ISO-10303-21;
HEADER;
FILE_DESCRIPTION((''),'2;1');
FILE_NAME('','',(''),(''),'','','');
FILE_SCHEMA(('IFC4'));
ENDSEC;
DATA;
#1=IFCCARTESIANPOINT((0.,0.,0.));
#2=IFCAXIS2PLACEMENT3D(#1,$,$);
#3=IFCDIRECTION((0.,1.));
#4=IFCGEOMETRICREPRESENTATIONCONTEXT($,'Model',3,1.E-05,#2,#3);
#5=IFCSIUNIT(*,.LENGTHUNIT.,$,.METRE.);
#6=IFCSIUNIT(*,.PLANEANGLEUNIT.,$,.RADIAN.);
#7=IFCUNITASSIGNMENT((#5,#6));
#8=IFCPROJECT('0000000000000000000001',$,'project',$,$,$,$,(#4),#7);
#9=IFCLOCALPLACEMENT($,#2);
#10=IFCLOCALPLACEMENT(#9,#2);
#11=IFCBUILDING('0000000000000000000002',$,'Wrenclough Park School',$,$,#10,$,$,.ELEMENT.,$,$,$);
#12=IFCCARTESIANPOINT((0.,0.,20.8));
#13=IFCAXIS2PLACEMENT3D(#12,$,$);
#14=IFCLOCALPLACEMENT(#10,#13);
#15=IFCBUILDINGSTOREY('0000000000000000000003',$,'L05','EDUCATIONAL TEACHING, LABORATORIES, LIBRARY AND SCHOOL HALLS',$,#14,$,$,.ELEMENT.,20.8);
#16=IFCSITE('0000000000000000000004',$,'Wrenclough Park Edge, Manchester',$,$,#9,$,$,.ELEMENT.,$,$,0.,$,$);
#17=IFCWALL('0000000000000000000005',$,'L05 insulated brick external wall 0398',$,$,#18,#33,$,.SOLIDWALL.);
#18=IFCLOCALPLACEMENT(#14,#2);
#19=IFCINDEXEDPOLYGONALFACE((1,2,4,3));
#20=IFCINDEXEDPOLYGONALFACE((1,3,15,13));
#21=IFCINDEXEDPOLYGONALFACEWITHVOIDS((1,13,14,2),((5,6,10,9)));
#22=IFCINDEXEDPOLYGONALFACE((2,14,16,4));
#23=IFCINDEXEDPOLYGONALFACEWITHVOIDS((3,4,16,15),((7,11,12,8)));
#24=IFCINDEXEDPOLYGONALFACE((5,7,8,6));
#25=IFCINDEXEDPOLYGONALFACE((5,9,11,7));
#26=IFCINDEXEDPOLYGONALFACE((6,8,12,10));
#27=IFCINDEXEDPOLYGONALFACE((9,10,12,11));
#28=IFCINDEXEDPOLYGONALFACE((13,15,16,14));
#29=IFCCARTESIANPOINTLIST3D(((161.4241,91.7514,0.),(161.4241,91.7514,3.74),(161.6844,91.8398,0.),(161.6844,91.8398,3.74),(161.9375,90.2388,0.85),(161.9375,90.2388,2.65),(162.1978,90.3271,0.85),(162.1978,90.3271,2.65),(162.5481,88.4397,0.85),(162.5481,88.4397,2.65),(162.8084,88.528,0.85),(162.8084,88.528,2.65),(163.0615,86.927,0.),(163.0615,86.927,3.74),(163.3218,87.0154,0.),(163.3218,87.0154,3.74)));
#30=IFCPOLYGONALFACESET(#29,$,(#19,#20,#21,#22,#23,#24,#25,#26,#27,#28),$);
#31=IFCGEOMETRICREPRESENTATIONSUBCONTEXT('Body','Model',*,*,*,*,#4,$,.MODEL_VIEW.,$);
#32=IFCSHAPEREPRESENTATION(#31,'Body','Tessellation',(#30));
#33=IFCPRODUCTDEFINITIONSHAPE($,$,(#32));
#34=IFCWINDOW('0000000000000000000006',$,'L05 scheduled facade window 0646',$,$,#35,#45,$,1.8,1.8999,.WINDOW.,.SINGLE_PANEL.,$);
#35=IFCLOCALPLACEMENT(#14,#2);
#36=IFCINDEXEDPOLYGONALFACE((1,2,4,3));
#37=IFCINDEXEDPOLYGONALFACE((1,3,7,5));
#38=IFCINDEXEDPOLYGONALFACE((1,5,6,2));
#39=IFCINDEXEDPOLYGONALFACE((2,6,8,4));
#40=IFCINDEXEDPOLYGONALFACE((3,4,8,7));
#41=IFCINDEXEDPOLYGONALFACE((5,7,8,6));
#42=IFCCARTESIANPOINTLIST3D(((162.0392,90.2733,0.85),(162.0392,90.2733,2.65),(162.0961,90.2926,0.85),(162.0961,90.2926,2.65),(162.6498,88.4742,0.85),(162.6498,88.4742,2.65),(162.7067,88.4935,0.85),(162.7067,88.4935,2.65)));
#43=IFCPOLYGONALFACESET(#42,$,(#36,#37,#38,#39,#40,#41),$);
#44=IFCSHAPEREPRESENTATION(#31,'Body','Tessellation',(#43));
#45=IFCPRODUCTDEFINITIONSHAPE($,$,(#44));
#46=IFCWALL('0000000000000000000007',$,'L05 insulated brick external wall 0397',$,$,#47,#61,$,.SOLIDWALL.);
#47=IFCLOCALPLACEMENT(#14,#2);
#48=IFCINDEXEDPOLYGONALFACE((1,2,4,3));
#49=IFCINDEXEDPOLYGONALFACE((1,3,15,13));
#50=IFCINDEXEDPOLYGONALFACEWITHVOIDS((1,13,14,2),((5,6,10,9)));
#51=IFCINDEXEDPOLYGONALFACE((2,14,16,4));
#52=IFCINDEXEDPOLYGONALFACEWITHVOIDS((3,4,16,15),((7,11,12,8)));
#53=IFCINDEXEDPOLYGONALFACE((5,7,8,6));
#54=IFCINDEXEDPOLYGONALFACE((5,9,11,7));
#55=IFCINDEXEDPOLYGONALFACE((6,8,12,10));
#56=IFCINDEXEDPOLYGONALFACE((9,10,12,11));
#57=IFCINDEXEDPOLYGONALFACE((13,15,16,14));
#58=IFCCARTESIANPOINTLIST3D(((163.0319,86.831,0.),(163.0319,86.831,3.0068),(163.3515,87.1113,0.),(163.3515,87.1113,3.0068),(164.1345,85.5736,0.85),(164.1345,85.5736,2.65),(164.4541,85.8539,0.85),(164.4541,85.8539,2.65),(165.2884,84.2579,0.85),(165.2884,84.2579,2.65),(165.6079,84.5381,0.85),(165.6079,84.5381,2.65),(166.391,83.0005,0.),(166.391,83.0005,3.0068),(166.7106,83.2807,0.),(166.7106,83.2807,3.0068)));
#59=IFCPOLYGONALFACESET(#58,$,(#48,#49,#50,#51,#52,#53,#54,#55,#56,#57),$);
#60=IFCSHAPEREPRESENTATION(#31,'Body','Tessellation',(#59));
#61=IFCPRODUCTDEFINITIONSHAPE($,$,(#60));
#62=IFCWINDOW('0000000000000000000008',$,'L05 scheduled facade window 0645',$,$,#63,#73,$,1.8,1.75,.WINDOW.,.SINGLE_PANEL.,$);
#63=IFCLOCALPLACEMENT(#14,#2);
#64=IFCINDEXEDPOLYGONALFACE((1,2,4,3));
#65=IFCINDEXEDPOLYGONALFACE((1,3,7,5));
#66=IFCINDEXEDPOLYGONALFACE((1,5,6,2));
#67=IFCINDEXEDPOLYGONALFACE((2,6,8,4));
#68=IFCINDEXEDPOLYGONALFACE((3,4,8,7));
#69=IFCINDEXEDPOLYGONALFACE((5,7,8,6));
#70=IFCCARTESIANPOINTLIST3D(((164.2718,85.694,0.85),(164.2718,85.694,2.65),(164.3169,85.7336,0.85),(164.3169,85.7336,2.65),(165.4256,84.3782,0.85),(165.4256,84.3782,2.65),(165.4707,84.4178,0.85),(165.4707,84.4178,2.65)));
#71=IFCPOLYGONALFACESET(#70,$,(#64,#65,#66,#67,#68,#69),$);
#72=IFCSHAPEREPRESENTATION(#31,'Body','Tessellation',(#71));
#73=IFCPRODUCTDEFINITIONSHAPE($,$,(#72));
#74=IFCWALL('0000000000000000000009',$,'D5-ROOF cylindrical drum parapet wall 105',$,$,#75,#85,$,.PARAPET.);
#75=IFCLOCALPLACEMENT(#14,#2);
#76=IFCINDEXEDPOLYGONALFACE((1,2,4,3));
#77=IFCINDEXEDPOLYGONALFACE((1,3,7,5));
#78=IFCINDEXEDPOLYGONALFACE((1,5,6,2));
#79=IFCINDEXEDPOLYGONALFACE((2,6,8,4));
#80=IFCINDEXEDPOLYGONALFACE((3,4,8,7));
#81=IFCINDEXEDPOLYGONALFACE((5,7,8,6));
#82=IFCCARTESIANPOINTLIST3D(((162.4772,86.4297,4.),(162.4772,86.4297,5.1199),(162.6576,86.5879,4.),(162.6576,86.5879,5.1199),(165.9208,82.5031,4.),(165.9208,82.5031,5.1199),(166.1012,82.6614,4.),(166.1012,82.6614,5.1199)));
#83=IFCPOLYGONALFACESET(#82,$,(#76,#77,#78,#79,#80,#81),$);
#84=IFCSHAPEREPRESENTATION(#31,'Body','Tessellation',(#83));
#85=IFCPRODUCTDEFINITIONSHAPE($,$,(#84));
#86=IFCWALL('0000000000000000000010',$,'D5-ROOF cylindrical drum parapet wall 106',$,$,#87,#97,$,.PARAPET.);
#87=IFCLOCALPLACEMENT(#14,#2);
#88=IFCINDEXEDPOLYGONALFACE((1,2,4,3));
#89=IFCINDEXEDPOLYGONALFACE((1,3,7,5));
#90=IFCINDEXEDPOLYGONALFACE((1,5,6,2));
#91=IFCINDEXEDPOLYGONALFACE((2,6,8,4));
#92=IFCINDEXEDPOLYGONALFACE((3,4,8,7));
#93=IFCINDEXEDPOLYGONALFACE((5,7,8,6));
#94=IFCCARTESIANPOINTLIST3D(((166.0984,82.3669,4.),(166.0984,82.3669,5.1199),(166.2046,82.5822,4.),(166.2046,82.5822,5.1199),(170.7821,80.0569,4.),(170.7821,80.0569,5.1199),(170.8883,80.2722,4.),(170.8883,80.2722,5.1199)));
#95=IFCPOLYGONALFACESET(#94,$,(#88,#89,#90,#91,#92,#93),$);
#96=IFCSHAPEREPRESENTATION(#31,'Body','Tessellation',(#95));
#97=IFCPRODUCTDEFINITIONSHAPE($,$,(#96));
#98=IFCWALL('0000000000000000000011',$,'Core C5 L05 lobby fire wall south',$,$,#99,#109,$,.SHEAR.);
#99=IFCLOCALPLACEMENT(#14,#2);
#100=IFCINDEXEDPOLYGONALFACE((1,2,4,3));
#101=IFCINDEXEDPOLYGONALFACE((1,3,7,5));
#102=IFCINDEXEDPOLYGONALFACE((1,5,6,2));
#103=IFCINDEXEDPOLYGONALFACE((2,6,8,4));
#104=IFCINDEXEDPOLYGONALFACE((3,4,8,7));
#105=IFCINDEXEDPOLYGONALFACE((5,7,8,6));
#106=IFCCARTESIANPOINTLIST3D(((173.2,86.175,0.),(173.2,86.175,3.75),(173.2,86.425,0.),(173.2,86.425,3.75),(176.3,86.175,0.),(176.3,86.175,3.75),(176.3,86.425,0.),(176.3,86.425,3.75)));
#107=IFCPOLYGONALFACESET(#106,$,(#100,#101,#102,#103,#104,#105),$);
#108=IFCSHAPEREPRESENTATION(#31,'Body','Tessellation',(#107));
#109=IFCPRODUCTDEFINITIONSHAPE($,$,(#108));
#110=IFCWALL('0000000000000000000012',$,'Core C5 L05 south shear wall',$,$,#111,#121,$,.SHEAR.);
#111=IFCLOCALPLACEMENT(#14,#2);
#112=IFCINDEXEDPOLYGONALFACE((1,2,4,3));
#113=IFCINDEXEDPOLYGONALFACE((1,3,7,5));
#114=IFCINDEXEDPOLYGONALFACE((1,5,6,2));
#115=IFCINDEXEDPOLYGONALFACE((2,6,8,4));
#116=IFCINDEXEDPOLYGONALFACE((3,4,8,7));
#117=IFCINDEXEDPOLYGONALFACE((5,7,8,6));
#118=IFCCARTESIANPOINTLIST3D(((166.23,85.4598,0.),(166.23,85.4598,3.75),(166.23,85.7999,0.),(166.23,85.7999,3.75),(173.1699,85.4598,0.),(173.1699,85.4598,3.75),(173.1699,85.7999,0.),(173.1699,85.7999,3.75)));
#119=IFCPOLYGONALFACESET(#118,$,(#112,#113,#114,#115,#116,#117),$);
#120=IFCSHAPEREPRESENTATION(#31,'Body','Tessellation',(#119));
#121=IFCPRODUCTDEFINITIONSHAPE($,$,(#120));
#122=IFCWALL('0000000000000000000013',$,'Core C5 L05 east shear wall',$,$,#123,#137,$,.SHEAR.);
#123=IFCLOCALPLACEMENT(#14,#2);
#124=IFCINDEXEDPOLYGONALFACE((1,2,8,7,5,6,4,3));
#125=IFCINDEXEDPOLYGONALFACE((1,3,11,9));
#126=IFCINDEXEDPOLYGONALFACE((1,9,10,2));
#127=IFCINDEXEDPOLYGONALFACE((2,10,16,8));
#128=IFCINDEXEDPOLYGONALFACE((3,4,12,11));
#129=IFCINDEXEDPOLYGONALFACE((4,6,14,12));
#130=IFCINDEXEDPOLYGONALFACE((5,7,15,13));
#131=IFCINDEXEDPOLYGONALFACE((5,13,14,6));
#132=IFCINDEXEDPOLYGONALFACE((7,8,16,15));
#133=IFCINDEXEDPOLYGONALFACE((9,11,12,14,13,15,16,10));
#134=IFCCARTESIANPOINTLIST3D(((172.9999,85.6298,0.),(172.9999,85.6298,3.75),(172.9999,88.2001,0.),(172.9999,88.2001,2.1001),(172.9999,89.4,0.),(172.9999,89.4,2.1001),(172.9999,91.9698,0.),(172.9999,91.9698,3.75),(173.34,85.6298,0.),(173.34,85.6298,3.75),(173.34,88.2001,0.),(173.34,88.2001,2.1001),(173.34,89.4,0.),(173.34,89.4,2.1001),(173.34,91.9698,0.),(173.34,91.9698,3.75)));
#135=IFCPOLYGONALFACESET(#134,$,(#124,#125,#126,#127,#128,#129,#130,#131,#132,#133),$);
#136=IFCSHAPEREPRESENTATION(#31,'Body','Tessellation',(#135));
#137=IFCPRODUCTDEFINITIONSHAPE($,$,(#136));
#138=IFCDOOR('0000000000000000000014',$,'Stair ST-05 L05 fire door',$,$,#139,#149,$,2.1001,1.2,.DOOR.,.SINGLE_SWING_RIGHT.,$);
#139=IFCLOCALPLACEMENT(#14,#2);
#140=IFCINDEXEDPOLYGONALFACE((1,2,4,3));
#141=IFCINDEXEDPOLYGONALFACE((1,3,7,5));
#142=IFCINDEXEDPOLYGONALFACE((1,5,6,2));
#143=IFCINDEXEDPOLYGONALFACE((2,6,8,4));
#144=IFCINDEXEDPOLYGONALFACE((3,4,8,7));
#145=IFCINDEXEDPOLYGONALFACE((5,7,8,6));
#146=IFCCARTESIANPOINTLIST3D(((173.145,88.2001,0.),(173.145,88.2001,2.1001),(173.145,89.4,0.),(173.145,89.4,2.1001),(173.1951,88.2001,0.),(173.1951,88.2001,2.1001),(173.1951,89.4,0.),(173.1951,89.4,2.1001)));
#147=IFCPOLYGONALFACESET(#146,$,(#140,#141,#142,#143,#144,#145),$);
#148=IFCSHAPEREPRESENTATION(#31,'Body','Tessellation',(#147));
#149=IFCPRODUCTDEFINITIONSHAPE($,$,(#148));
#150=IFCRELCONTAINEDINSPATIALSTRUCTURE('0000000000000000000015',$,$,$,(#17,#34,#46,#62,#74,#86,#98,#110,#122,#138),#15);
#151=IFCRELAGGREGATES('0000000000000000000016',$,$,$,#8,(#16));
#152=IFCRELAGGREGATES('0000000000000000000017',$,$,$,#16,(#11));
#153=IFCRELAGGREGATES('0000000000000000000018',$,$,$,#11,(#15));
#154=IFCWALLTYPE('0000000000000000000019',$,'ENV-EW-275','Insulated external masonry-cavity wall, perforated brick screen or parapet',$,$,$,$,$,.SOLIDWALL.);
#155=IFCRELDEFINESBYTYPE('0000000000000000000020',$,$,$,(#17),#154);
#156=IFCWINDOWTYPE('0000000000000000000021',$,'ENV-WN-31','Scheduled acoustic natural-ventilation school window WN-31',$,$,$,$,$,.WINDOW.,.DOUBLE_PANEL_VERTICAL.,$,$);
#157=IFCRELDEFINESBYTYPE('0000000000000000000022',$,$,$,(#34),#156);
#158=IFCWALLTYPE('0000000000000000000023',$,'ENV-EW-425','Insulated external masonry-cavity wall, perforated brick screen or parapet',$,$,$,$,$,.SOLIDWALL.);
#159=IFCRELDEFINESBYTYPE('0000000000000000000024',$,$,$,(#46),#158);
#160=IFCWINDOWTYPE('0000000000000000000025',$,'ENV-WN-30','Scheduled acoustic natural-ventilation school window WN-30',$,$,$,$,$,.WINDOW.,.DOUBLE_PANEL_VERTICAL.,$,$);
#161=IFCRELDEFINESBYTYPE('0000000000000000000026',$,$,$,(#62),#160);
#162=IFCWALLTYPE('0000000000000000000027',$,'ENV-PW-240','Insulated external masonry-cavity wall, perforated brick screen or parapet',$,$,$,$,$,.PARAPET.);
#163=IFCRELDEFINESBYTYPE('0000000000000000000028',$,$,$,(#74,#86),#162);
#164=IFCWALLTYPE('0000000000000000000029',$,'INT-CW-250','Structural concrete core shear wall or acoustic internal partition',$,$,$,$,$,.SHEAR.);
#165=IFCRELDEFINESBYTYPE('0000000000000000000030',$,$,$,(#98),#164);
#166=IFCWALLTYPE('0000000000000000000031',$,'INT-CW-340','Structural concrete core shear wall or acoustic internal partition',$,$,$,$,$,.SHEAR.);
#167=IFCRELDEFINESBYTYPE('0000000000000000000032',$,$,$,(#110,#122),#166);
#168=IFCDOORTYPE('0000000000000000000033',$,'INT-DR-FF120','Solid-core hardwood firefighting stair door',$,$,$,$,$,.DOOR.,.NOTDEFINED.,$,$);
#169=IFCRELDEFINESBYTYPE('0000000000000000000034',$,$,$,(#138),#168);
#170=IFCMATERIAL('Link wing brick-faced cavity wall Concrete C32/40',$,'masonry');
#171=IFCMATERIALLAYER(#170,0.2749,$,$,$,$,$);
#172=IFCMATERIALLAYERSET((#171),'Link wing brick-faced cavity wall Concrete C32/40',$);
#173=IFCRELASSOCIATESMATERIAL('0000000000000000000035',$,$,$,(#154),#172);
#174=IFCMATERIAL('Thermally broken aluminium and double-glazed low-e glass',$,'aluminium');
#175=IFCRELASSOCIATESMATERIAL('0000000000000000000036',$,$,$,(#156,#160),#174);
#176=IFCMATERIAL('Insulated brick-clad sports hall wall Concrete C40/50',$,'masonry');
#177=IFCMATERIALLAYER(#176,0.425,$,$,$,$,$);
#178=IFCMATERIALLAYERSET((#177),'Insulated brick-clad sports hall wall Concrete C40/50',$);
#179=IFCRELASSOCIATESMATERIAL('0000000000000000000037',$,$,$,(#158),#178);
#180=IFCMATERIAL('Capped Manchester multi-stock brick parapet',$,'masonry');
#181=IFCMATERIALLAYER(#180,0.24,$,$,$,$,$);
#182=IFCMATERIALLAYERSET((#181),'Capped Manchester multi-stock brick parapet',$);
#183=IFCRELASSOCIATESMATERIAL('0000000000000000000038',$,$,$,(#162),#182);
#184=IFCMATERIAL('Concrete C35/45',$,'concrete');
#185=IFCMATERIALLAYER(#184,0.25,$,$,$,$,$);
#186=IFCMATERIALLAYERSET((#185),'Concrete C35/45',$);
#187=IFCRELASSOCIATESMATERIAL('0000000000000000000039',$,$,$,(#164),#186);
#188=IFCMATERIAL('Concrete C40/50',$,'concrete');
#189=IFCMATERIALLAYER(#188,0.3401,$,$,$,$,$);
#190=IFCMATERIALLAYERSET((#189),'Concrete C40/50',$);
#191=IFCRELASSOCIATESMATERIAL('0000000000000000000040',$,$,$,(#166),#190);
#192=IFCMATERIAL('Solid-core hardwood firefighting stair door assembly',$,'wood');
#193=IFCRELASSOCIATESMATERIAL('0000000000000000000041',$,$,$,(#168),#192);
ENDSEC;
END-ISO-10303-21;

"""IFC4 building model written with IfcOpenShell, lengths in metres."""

from ifc_helpers import new_model, si_unit, direction, frame, frame_2d, origin, place, context, subcontext, project, spatial, rectangle, extrude, material, layer, layer_set, type_object, element, fill, save


model = new_model("IFC4")

# Units and contexts
model_context = context("Model", 3, precision=1e-05, world=origin(), true_north=direction((0.0, 1.0)))
body_context = subcontext(model_context, "Body", "Model", "MODEL_VIEW")
ifc_project = project(units=[si_unit("LENGTHUNIT", "METRE"), si_unit("PLANEANGLEUNIT", "RADIAN")], contexts=[model_context])

# Site, building, storey
site_placement = place(None, origin())
site = spatial("IfcSite", under=ifc_project, at=site_placement, Name="Wrenclough Park Edge, Manchester", CompositionType="ELEMENT", RefElevation=0.0)
building_placement = place(site_placement, origin())
building = spatial("IfcBuilding", under=site, at=building_placement, Name="Wrenclough Park School", CompositionType="ELEMENT")
storey_placement = place(building_placement, frame((0.0, 0.0, 20.8)))
storey = spatial("IfcBuildingStorey", under=building, at=storey_placement, Name="L05", Description="EDUCATIONAL TEACHING, LABORATORIES, LIBRARY AND SCHOOL HALLS", CompositionType="ELEMENT", Elevation=20.8)

# Shared definitions
ifc_material_1 = material(Name="Concrete C40/50", Category="concrete")

# Shared definitions
ifc_material_2 = material(Name="Concrete C35/45", Category="concrete")

# Walls, openings, windows
ifc_material_3 = material(Name="Link wing brick-faced cavity wall Concrete C32/40", Category="masonry")
ifc_layer_1 = layer(ifc_material_3, 0.2749)
ifc_layer_set_1 = layer_set([ifc_layer_1], Name="Link wing brick-faced cavity wall Concrete C32/40")
wall_type_1 = type_object("IfcWallType", Name="ENV-EW-275", Description="Insulated external masonry-cavity wall, perforated brick screen or parapet", PredefinedType="SOLIDWALL", material=ifc_layer_set_1)
wall_1_placement = place(storey_placement, frame((163.1917, 86.9712, 0.0), z_axis=(0.0, 0.0, 1.0), x_axis=(-0.321398, 0.946944, 0.0)))
wall_1 = element("IfcWall", 1, at=wall_1_placement, inside=storey, type_object=wall_type_1, Name="L05 insulated brick external wall 0398", PredefinedType="SOLIDWALL", context=body_context, shape_type="SweptSolid", body=[
    extrude(rectangle(XDim=5.0947, YDim=0.2749, at=frame_2d((2.5474, 0.0))), origin(), (0.0, 0.0, 1.0), 3.74),
])
opening_1_placement = place(wall_1_placement, frame((1.5974, 0.0, 0.8501)))
opening_1 = element("IfcOpeningElement", 2, at=opening_1_placement, cuts=wall_1, PredefinedType="OPENING", context=body_context, shape_type="SweptSolid", body=[
    extrude(rectangle(XDim=1.8999, YDim=1.8, at=frame_2d((0.95, 0.8999))), frame((0.0, 0.1475, 0.0), z_axis=(0.0, -1.0, 0.0), x_axis=(1.0, 0.0, 0.0)), (0.0, 0.0, 1.0), 0.2949),
])
ifc_material_4 = material(Name="Thermally broken aluminium and double-glazed low-e glass", Category="aluminium")
window_type_1 = type_object("IfcWindowType", Name="ENV-WN-31", Description="Scheduled acoustic natural-ventilation school window WN-31", PartitioningType="DOUBLE_PANEL_VERTICAL", PredefinedType="WINDOW", material=ifc_material_4)
window_1_placement = place(opening_1_placement, origin())
window_1 = element("IfcWindow", 3, at=window_1_placement, inside=storey, type_object=window_type_1, Name="L05 scheduled facade window 0646", OverallHeight=1.8, OverallWidth=1.8999, PartitioningType="SINGLE_PANEL", PredefinedType="WINDOW", context=body_context, shape_type="SweptSolid", body=[
    extrude(rectangle(XDim=1.8999, YDim=1.8, at=frame_2d((0.95, 0.8999))), frame((0.0, 0.03, 0.0), z_axis=(0.0, -1.0, 0.0), x_axis=(1.0, 0.0, 0.0)), (0.0, 0.0, 1.0), 0.0601),
])
fill(opening_1, window_1)
ifc_material_5 = material(Name="Insulated brick-clad sports hall wall Concrete C40/50", Category="masonry")
ifc_layer_2 = layer(ifc_material_5, 0.425)
ifc_layer_set_2 = layer_set([ifc_layer_2], Name="Insulated brick-clad sports hall wall Concrete C40/50")
wall_type_2 = type_object("IfcWallType", Name="ENV-EW-425", Description="Insulated external masonry-cavity wall, perforated brick screen or parapet", PredefinedType="SOLIDWALL", material=ifc_layer_set_2)
wall_2_placement = place(storey_placement, frame((166.5508, 83.1406, 0.0), z_axis=(0.0, 0.0, 1.0), x_axis=(-0.659325, 0.751858, 0.0)))
wall_2 = element("IfcWall", 4, at=wall_2_placement, inside=storey, type_object=wall_type_2, Name="L05 insulated brick external wall 0397", PredefinedType="SOLIDWALL", context=body_context, shape_type="SweptSolid", body=[
    extrude(rectangle(XDim=5.0947, YDim=0.425, at=frame_2d((2.5474, 0.0))), origin(), (0.0, 0.0, 1.0), 3.0068),
])
opening_2_placement = place(wall_2_placement, frame((1.6724, 0.0, 0.8501)))
opening_2 = element("IfcOpeningElement", 5, at=opening_2_placement, cuts=wall_2, PredefinedType="OPENING", context=body_context, shape_type="SweptSolid", body=[
    extrude(rectangle(XDim=1.75, YDim=1.8, at=frame_2d((0.875, 0.8999))), frame((0.0, 0.2224, 0.0), z_axis=(0.0, -1.0, 0.0), x_axis=(1.0, 0.0, 0.0)), (0.0, 0.0, 1.0), 0.4451),
])
window_type_2 = type_object("IfcWindowType", Name="ENV-WN-30", Description="Scheduled acoustic natural-ventilation school window WN-30", PartitioningType="DOUBLE_PANEL_VERTICAL", PredefinedType="WINDOW", material=ifc_material_4)
window_2_placement = place(opening_2_placement, origin())
window_2 = element("IfcWindow", 6, at=window_2_placement, inside=storey, type_object=window_type_2, Name="L05 scheduled facade window 0645", OverallHeight=1.8, OverallWidth=1.75, PartitioningType="SINGLE_PANEL", PredefinedType="WINDOW", context=body_context, shape_type="SweptSolid", body=[
    extrude(rectangle(XDim=1.75, YDim=1.8, at=frame_2d((0.875, 0.8999))), frame((0.0, 0.03, 0.0), z_axis=(0.0, -1.0, 0.0), x_axis=(1.0, 0.0, 0.0)), (0.0, 0.0, 1.0), 0.0601),
])
fill(opening_2, window_2)

# Walls
ifc_material_6 = material(Name="Capped Manchester multi-stock brick parapet", Category="masonry")
ifc_layer_3 = layer(ifc_material_6, 0.24)
ifc_layer_set_3 = layer_set([ifc_layer_3], Name="Capped Manchester multi-stock brick parapet")
wall_type_3 = type_object("IfcWallType", Name="ENV-PW-240", Description="Insulated external masonry-cavity wall, perforated brick screen or parapet", PredefinedType="PARAPET", material=ifc_layer_set_3)
wall_3_placement = place(storey_placement, frame((162.5674, 86.5088, 4.0), z_axis=(0.0, 0.0, 1.0), x_axis=(0.659361, -0.751826, 0.0)))
element("IfcWall", 7, at=wall_3_placement, inside=storey, type_object=wall_type_3, Name="D5-ROOF cylindrical drum parapet wall 105", PredefinedType="PARAPET", context=body_context, shape_type="SweptSolid", body=[
    extrude(rectangle(XDim=5.2227, YDim=0.24, at=frame_2d((2.6113, 0.0))), origin(), (0.0, 0.0, 1.0), 1.1199),
])
wall_4_placement = place(storey_placement, frame((166.1514, 82.4746, 4.0), z_axis=(0.0, 0.0, 1.0), x_axis=(0.896854, -0.442326, 0.0)))
element("IfcWall", 8, at=wall_4_placement, inside=storey, type_object=wall_type_3, Name="D5-ROOF cylindrical drum parapet wall 106", PredefinedType="PARAPET", context=body_context, shape_type="SweptSolid", body=[
    extrude(rectangle(XDim=5.2224, YDim=0.24, at=frame_2d((2.6113, 0.0))), origin(), (0.0, 0.0, 1.0), 1.1199),
])
ifc_layer_4 = layer(ifc_material_2, 0.25)
ifc_layer_set_4 = layer_set([ifc_layer_4], Name="Concrete C35/45")
wall_type_4 = type_object("IfcWallType", Name="INT-CW-250", Description="Structural concrete core shear wall or acoustic internal partition", PredefinedType="SHEAR", material=ifc_layer_set_4)
wall_5_placement = place(storey_placement, frame((173.2, 86.3, 0.0), z_axis=(0.0, 0.0, 1.0), x_axis=(1.0, 0.0, 0.0)))
element("IfcWall", 9, at=wall_5_placement, inside=storey, type_object=wall_type_4, Name="Core C5 L05 lobby fire wall south", PredefinedType="SHEAR", context=body_context, shape_type="SweptSolid", body=[
    extrude(rectangle(XDim=3.1001, YDim=0.25, at=frame_2d((1.55, 0.0))), origin(), (0.0, 0.0, 1.0), 3.75),
])
ifc_layer_5 = layer(ifc_material_1, 0.3401)
ifc_layer_set_5 = layer_set([ifc_layer_5], Name="Concrete C40/50")
wall_type_5 = type_object("IfcWallType", Name="INT-CW-340", Description="Structural concrete core shear wall or acoustic internal partition", PredefinedType="SHEAR", material=ifc_layer_set_5)
wall_6_placement = place(storey_placement, frame((166.23, 85.6299, 0.0), z_axis=(0.0, 0.0, 1.0), x_axis=(1.0, 0.0, 0.0)))
element("IfcWall", 10, at=wall_6_placement, inside=storey, type_object=wall_type_5, Name="Core C5 L05 south shear wall", PredefinedType="SHEAR", context=body_context, shape_type="SweptSolid", body=[
    extrude(rectangle(XDim=6.9399, YDim=0.3401, at=frame_2d((3.47, 0.0))), origin(), (0.0, 0.0, 1.0), 3.75),
])

# Wall, opening, door
wall_7_placement = place(storey_placement, frame((173.1699, 85.6299, 0.0), z_axis=(0.0, 0.0, 1.0), x_axis=(0.0, 1.0, 0.0)))
wall_7 = element("IfcWall", 11, at=wall_7_placement, inside=storey, type_object=wall_type_5, Name="Core C5 L05 east shear wall", PredefinedType="SHEAR", context=body_context, shape_type="SweptSolid", body=[
    extrude(rectangle(XDim=6.3401, YDim=0.3401, at=frame_2d((3.1699, 0.0))), origin(), (0.0, 0.0, 1.0), 3.75),
])
opening_3_placement = place(wall_7_placement, frame((2.5701, 0.0, 0.0)))
opening_3 = element("IfcOpeningElement", 12, at=opening_3_placement, cuts=wall_7, PredefinedType="OPENING", context=body_context, shape_type="SweptSolid", body=[
    extrude(rectangle(XDim=1.2, YDim=2.1001, at=frame_2d((0.6001, 1.05))), frame((0.0, 0.1799, 0.0), z_axis=(0.0, -1.0, 0.0), x_axis=(1.0, 0.0, 0.0)), (0.0, 0.0, 1.0), 0.3601),
])
ifc_material_7 = material(Name="Solid-core hardwood firefighting stair door assembly", Category="wood")
door_type_1 = type_object("IfcDoorType", Name="INT-DR-FF120", Description="Solid-core hardwood firefighting stair door", OperationType="NOTDEFINED", PredefinedType="DOOR", material=ifc_material_7)
door_1_placement = place(opening_3_placement, origin())
door_1 = element("IfcDoor", 13, at=door_1_placement, inside=storey, type_object=door_type_1, Name="Stair ST-05 L05 fire door", OperationType="SINGLE_SWING_RIGHT", OverallHeight=2.1001, OverallWidth=1.2, PredefinedType="DOOR", context=body_context, shape_type="SweptSolid", body=[
    extrude(rectangle(XDim=1.2, YDim=2.1001, at=frame_2d((0.6001, 1.05))), frame((0.0, 0.0249, 0.0), z_axis=(0.0, -1.0, 0.0), x_axis=(1.0, 0.0, 0.0)), (0.0, 0.0, 1.0), 0.05),
])
fill(opening_3, door_1)

save(model, "model.ifc")
